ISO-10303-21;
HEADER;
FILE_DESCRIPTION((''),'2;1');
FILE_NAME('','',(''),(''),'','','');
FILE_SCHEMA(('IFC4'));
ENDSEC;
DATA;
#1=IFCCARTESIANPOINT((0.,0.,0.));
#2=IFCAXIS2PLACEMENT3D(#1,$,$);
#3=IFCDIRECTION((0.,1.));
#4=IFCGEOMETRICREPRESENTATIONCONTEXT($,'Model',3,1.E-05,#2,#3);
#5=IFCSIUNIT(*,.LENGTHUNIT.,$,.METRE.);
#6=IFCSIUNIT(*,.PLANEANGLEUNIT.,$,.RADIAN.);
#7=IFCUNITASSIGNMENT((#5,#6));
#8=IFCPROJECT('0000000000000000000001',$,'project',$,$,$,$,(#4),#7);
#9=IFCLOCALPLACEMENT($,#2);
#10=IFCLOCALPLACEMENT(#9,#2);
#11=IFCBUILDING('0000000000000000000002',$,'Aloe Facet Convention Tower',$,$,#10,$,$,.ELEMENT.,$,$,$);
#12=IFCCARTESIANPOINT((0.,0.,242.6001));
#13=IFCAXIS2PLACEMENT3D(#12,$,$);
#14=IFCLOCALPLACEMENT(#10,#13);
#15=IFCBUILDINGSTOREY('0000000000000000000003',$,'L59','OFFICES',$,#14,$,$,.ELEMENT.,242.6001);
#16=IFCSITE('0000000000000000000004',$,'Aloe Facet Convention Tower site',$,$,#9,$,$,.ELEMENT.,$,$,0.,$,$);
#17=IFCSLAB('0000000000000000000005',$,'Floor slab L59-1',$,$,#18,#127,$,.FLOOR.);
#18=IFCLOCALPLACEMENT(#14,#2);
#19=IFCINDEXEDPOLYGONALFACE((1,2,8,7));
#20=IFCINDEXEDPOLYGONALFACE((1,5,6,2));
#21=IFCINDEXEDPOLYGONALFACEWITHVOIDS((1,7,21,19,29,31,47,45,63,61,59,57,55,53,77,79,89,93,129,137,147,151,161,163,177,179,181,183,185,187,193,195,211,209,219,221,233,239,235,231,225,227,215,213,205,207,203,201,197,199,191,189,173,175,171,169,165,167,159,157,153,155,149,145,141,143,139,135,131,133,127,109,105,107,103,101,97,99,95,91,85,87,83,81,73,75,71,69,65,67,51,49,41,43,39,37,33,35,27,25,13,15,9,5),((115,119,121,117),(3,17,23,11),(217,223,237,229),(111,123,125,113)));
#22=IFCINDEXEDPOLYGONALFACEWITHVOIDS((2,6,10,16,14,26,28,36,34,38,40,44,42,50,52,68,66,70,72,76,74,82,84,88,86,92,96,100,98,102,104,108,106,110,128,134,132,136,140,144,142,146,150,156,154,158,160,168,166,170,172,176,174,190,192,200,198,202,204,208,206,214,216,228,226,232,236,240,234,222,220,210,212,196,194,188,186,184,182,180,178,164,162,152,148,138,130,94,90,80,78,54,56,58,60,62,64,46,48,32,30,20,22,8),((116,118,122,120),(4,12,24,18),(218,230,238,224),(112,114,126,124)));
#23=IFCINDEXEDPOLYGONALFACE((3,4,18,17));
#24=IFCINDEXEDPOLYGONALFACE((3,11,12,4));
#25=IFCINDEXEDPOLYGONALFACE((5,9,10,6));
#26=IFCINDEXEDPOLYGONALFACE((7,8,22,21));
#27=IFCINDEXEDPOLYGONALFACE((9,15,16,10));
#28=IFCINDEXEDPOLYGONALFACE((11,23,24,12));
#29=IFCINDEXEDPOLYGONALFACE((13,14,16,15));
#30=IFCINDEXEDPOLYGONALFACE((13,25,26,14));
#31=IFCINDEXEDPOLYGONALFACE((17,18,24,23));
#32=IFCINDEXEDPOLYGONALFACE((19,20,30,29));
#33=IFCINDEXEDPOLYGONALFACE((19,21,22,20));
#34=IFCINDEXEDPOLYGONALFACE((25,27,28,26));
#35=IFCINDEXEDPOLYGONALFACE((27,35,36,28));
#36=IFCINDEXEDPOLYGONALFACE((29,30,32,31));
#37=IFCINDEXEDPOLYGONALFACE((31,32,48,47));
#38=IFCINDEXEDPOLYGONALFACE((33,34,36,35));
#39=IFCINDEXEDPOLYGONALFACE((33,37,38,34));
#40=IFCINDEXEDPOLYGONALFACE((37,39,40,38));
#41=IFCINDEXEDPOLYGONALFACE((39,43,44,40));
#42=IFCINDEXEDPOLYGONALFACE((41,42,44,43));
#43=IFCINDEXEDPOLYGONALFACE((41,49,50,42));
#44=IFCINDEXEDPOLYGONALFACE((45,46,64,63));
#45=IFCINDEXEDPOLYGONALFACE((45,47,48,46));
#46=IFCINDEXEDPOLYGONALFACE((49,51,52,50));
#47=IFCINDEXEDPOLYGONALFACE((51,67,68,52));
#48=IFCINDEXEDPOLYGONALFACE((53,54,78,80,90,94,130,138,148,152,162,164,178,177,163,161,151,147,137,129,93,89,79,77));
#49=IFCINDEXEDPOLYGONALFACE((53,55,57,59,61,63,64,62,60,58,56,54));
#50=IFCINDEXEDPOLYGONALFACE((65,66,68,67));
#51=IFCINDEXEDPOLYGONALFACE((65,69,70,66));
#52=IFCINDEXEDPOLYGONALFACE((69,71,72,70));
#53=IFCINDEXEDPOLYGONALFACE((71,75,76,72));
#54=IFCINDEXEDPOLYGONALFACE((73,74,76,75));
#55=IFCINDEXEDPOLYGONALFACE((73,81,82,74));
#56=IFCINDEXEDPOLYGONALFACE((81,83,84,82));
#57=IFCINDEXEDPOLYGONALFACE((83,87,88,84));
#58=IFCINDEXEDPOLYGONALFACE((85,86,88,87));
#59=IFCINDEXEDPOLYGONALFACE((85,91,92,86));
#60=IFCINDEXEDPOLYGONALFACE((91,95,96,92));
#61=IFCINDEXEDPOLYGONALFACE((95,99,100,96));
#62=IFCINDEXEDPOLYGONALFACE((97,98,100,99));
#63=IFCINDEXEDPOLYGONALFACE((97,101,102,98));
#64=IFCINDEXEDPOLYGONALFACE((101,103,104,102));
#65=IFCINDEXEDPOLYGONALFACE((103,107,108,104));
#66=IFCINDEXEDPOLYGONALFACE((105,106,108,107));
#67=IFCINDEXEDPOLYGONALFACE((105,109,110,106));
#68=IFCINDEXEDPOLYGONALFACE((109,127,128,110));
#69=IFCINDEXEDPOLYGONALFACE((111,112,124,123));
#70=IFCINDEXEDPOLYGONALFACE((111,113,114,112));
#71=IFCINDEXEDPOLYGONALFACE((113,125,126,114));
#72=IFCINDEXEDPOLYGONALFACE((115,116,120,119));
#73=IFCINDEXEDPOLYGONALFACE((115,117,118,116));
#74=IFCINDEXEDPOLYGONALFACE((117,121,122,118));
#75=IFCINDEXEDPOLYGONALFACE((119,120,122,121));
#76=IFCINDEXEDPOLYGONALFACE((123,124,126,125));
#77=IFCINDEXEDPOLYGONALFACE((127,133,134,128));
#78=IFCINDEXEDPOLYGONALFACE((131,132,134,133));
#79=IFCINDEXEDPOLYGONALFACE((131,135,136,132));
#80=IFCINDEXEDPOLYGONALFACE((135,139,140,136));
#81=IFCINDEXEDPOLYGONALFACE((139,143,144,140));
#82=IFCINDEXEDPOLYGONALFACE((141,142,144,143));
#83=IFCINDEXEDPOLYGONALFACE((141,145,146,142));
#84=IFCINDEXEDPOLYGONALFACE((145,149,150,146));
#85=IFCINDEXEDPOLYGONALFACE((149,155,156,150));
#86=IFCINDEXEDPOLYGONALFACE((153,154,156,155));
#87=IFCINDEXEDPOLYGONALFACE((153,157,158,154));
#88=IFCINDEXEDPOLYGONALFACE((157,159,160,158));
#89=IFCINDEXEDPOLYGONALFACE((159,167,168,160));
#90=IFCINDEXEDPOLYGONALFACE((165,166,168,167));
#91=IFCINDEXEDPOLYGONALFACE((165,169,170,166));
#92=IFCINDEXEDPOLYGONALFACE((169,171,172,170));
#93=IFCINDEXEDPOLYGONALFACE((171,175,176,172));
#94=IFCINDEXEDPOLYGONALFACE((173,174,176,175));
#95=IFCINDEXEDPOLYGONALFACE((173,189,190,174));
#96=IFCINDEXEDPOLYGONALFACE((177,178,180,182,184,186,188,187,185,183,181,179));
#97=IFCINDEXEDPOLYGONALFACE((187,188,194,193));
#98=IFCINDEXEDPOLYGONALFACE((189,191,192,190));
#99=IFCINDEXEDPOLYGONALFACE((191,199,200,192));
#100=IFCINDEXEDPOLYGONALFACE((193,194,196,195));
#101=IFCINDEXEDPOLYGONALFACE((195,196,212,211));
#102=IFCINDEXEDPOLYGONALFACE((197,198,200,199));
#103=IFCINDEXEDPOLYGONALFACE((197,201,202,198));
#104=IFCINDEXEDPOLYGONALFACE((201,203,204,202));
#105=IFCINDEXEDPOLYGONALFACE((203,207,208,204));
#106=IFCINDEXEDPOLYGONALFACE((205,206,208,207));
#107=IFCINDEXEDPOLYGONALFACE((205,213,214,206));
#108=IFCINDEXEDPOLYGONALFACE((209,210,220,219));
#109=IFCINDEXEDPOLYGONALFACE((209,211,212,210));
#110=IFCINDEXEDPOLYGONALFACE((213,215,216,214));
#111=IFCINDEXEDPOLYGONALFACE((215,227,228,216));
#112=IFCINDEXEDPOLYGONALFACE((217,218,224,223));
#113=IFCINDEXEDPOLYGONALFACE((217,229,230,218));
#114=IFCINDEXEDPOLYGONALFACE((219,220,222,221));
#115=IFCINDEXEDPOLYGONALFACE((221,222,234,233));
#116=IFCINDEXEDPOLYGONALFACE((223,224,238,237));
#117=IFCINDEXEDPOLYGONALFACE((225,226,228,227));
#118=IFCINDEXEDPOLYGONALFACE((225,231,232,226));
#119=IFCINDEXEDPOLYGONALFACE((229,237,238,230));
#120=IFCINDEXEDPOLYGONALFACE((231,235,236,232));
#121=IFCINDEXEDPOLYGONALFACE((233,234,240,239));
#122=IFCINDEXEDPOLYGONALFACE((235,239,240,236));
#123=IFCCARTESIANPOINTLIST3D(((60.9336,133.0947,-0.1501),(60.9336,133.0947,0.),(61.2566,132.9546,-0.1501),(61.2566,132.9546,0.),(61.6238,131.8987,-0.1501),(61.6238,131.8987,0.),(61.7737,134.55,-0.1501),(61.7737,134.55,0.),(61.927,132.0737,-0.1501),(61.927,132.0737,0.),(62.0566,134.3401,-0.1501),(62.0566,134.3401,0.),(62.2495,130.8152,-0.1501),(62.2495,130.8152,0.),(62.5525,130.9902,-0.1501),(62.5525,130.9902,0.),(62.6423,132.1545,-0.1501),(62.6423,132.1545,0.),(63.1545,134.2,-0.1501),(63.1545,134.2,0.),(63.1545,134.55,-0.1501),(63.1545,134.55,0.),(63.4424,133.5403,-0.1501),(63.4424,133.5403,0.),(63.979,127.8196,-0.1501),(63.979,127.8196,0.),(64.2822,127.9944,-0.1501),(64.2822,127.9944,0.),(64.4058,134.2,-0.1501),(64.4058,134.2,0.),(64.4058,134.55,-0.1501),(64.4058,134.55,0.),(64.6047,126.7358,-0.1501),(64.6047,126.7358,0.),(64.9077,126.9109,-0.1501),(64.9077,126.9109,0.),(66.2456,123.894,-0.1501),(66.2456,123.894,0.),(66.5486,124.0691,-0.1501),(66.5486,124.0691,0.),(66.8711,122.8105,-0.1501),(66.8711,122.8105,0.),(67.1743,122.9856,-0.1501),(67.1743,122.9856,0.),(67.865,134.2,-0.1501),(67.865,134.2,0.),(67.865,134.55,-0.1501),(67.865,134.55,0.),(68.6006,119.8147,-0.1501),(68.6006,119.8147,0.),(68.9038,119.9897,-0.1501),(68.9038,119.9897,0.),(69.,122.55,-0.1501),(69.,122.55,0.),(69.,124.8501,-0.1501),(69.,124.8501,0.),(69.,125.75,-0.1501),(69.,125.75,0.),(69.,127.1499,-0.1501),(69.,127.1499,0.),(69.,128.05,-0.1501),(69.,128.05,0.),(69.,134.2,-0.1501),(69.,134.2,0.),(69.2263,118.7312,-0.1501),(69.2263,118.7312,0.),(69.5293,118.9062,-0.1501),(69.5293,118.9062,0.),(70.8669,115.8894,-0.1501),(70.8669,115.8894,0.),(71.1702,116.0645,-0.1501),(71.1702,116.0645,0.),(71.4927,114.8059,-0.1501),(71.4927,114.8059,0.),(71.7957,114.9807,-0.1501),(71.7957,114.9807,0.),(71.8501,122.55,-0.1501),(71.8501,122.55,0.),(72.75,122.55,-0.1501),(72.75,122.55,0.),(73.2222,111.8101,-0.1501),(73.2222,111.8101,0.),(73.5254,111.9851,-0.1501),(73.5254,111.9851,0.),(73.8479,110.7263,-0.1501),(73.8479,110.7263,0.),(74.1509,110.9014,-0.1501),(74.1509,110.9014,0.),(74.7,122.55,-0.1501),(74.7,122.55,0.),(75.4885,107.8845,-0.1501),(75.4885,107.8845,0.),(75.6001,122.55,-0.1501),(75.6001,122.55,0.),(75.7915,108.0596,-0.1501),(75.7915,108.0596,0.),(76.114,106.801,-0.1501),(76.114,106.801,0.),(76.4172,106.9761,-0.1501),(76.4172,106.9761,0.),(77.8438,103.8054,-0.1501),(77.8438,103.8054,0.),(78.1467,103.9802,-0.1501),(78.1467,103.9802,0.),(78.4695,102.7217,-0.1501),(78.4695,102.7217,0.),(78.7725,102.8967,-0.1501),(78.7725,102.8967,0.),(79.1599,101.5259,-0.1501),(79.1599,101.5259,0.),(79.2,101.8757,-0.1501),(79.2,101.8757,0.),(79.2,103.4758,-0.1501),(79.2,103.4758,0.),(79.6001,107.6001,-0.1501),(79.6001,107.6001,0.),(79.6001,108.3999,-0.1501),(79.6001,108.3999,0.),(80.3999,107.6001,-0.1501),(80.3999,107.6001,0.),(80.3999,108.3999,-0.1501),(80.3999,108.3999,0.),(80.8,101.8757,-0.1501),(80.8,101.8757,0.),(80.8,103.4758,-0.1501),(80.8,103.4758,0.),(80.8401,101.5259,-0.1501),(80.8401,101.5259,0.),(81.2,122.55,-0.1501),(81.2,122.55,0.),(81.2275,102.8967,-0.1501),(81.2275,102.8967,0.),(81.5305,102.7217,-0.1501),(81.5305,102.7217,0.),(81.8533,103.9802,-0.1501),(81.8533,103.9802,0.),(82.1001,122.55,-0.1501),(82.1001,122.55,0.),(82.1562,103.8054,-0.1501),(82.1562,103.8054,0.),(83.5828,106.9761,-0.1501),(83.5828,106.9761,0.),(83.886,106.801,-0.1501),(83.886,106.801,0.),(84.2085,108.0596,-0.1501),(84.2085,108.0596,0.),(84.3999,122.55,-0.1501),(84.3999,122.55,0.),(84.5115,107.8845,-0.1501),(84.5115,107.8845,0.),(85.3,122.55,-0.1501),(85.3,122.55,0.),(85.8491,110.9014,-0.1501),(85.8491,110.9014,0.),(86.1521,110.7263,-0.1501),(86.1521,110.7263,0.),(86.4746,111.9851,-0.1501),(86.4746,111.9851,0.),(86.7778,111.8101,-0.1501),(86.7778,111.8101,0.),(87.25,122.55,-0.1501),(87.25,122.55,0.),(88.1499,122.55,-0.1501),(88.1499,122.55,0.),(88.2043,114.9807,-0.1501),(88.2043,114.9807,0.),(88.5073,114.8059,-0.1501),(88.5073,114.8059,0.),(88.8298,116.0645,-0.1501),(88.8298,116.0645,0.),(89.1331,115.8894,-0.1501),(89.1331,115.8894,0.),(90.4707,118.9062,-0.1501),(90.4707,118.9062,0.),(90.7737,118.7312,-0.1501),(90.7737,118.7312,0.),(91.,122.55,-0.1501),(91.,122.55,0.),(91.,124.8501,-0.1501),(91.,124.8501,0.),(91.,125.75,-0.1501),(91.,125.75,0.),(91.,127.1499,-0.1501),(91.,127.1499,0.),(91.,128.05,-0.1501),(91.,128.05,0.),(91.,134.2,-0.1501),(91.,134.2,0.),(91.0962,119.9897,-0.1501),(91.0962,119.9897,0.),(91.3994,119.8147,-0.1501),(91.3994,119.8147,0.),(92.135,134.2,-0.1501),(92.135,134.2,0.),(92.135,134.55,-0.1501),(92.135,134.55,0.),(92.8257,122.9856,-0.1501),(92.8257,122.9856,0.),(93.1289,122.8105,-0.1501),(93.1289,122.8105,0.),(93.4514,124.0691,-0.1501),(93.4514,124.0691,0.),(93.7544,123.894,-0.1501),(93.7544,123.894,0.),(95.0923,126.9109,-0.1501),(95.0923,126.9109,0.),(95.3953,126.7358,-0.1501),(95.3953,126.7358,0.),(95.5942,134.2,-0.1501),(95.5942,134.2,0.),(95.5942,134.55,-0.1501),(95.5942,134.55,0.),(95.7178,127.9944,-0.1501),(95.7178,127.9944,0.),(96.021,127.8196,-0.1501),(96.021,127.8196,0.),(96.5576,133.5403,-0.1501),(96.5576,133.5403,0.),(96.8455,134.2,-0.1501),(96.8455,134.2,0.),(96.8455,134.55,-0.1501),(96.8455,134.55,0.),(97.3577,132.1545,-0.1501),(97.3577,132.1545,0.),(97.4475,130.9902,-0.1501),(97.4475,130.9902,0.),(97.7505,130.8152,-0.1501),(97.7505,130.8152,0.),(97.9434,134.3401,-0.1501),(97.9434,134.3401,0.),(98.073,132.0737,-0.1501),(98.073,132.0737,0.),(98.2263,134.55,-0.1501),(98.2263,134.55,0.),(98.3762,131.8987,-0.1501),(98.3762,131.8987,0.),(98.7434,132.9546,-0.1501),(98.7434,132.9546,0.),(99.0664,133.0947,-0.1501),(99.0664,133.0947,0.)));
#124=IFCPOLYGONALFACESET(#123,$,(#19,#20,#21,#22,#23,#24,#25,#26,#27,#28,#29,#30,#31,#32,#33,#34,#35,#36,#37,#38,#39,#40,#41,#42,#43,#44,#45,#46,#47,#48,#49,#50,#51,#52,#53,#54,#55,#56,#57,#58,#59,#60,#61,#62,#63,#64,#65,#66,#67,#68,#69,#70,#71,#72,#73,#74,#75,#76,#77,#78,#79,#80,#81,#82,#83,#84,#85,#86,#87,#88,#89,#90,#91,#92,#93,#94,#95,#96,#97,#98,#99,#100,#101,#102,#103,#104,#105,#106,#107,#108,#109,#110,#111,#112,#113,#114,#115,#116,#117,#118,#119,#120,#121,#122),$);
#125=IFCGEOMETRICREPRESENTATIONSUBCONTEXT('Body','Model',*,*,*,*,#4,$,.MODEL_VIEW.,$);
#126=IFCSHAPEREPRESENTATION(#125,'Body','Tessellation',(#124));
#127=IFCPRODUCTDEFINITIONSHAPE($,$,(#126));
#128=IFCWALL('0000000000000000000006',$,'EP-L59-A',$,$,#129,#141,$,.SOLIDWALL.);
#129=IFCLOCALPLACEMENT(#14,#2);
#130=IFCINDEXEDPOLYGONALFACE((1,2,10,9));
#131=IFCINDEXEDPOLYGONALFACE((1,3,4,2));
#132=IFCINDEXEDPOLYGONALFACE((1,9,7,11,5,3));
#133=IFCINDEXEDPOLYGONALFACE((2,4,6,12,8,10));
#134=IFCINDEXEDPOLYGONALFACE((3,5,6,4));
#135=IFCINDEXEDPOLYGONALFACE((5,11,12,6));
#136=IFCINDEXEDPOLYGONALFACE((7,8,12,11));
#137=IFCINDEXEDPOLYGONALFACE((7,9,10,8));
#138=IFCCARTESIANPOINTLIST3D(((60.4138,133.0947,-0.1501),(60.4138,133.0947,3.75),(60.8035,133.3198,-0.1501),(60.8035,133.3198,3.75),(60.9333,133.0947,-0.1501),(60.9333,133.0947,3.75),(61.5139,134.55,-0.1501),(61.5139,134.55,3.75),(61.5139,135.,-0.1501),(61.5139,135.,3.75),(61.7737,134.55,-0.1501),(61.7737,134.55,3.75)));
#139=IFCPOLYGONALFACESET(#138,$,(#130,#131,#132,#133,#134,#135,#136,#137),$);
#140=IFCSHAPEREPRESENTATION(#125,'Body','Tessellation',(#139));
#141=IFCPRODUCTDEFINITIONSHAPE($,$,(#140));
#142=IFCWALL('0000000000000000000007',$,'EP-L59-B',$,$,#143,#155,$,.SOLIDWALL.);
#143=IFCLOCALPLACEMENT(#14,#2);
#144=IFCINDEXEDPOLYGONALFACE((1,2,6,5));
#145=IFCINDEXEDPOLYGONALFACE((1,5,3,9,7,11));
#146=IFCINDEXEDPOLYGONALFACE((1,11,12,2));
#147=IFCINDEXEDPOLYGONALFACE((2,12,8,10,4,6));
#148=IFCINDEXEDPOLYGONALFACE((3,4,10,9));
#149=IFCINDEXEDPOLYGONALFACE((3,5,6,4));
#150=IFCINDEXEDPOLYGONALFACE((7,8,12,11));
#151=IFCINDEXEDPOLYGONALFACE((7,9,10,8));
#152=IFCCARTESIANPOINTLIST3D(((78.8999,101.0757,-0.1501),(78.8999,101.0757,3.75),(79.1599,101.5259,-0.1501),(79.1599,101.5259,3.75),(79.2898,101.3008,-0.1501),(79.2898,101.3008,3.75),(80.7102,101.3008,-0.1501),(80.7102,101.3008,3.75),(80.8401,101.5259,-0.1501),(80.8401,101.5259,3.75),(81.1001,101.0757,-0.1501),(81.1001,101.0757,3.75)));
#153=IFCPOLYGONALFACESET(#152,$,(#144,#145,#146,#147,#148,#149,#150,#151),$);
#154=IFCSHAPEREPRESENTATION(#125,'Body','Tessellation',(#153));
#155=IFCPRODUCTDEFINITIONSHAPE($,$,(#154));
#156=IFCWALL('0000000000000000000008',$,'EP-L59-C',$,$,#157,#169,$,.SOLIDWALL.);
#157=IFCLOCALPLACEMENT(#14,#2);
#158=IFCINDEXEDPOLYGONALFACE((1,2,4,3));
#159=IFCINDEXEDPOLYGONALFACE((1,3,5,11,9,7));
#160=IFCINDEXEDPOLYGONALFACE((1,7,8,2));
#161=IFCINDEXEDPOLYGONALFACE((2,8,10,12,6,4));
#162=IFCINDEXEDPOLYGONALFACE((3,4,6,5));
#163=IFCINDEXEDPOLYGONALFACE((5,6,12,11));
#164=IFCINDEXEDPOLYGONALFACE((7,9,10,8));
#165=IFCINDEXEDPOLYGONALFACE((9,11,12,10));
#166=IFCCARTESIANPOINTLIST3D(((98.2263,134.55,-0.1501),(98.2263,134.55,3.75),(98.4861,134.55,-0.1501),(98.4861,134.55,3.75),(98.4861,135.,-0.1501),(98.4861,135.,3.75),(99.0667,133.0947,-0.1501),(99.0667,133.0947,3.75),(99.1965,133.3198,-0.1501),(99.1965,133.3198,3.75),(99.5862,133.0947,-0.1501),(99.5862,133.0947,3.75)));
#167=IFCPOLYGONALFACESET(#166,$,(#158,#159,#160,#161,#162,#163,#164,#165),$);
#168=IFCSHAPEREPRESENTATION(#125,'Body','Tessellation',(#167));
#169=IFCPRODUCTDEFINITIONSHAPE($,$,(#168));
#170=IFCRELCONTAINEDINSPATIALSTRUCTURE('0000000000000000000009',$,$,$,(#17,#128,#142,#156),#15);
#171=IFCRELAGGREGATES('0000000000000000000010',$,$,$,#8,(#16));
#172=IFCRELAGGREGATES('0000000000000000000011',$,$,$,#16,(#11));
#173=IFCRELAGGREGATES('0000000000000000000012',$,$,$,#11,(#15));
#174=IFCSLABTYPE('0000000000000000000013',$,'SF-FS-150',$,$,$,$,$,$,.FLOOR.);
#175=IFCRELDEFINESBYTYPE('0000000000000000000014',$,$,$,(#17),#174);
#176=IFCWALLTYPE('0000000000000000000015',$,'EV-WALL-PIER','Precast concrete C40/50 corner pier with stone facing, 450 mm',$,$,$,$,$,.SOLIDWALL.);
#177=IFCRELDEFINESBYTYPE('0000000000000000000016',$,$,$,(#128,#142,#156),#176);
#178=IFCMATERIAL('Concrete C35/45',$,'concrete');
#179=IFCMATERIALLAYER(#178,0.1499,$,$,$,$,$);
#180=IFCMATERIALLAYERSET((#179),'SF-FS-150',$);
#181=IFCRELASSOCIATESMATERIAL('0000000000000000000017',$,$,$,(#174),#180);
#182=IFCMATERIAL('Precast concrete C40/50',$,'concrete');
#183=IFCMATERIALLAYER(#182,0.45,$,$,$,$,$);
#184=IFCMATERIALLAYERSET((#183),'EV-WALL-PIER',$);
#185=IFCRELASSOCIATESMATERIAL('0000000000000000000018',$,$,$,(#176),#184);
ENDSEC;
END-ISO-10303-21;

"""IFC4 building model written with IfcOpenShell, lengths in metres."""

from ifc_helpers import new_model, si_unit, direction, frame, origin, place, context, subcontext, project, spatial, polyline, outline, extrude, material, layer, layer_set, type_object, element, save


model = new_model("IFC4")

# Units and contexts
model_context = context("Model", 3, precision=1e-05, world=origin(), true_north=direction((0.0, 1.0)))
body_context = subcontext(model_context, "Body", "Model", "MODEL_VIEW")
ifc_project = project(units=[si_unit("LENGTHUNIT", "METRE"), si_unit("PLANEANGLEUNIT", "RADIAN")], contexts=[model_context])

# Site, building, storey
site_placement = place(None, origin())
site = spatial("IfcSite", under=ifc_project, at=site_placement, Name="Aloe Facet Convention Tower site", CompositionType="ELEMENT", RefElevation=0.0)
building_placement = place(site_placement, origin())
building = spatial("IfcBuilding", under=site, at=building_placement, Name="Aloe Facet Convention Tower", CompositionType="ELEMENT")
storey_placement = place(building_placement, frame((0.0, 0.0, 242.6001)))
storey = spatial("IfcBuildingStorey", under=building, at=storey_placement, Name="L59", Description="OFFICES", CompositionType="ELEMENT", Elevation=242.6001)

# Slab
ifc_material_1 = material(Name="Concrete C35/45", Category="concrete")
ifc_layer_1 = layer(ifc_material_1, 0.1499)
ifc_layer_set_1 = layer_set([ifc_layer_1], Name="SF-FS-150")
slab_type_1 = type_object("IfcSlabType", Name="SF-FS-150", PredefinedType="FLOOR", material=ifc_layer_set_1)
slab_1_placement = place(storey_placement, frame((0.0, 0.0, -0.1501)))
element("IfcSlab", 1, at=slab_1_placement, inside=storey, type_object=slab_type_1, Name="Floor slab L59-1", PredefinedType="FLOOR", context=body_context, shape_type="SweptSolid", body=[
    extrude(outline(polyline([(99.0664, 133.0947), (98.3762, 131.8987), (98.073, 132.0737), (97.4475, 130.9902), (97.7505, 130.8152), (96.021, 127.8196), (95.7178, 127.9944), (95.0923, 126.9109), (95.3953, 126.7358), (93.7544, 123.894), (93.4514, 124.0691), (92.8257, 122.9856), (93.1289, 122.8105), (91.3994, 119.8147), (91.0962, 119.9897), (90.4707, 118.9062), (90.7737, 118.7312), (89.1331, 115.8894), (88.8298, 116.0645), (88.2043, 114.9807), (88.5073, 114.8059), (86.7778, 111.8101), (86.4746, 111.9851), (85.8491, 110.9014), (86.1521, 110.7263), (84.5115, 107.8845), (84.2085, 108.0596), (83.5828, 106.9761), (83.886, 106.801), (82.1562, 103.8054), (81.8533, 103.9802), (81.2275, 102.8967), (81.5305, 102.7217), (80.8401, 101.5259), (79.1599, 101.5259), (78.4695, 102.7217), (78.7725, 102.8967), (78.1467, 103.9802), (77.8438, 103.8054), (76.114, 106.801), (76.4172, 106.9761), (75.7915, 108.0596), (75.4885, 107.8845), (73.8479, 110.7263), (74.1509, 110.9014), (73.5254, 111.9851), (73.2222, 111.8101), (71.4927, 114.8059), (71.7957, 114.9807), (71.1702, 116.0645), (70.8669, 115.8894), (69.2263, 118.7312), (69.5293, 118.9062), (68.9038, 119.9897), (68.6006, 119.8147), (66.8711, 122.8105), (67.1743, 122.9856), (66.5486, 124.0691), (66.2456, 123.894), (64.6047, 126.7358), (64.9077, 126.9109), (64.2822, 127.9944), (63.979, 127.8196), (62.2495, 130.8152), (62.5525, 130.9902), (61.927, 132.0737), (61.6238, 131.8987), (60.9336, 133.0947), (61.7737, 134.55), (63.1545, 134.55), (63.1545, 134.2), (64.4058, 134.2), (64.4058, 134.55), (67.865, 134.55), (67.865, 134.2), (69.0, 134.2), (69.0, 128.05), (69.0, 127.1499), (69.0, 125.75), (69.0, 124.8501), (69.0, 122.55), (71.8501, 122.55), (72.75, 122.55), (74.7, 122.55), (75.6001, 122.55), (81.2, 122.55), (82.1001, 122.55), (84.3999, 122.55), (85.3, 122.55), (87.25, 122.55), (88.1499, 122.55), (91.0, 122.55), (91.0, 124.8501), (91.0, 125.75), (91.0, 127.1499), (91.0, 128.05), (91.0, 134.2), (92.135, 134.2), (92.135, 134.55), (95.5942, 134.55), (95.5942, 134.2), (96.8455, 134.2), (96.8455, 134.55), (98.2263, 134.55), (99.0664, 133.0947)]), holes=[polyline([(80.8, 101.8757), (80.8, 103.4758), (79.2, 103.4758), (79.2, 101.8757), (80.8, 101.8757)]), polyline([(62.0566, 134.3401), (61.2566, 132.9546), (62.6423, 132.1545), (63.4424, 133.5403), (62.0566, 134.3401)]), polyline([(80.3999, 107.6001), (80.3999, 108.3999), (79.6001, 108.3999), (79.6001, 107.6001), (80.3999, 107.6001)]), polyline([(98.7434, 132.9546), (97.9434, 134.3401), (96.5576, 133.5403), (97.3577, 132.1545), (98.7434, 132.9546)])]), origin(), (0.0, 0.0, 1.0), 0.1501),
])

# Walls
ifc_material_2 = material(Name="Precast concrete C40/50", Category="concrete")
ifc_layer_2 = layer(ifc_material_2, 0.45)
ifc_layer_set_2 = layer_set([ifc_layer_2], Name="EV-WALL-PIER")
wall_type_1 = type_object("IfcWallType", Name="EV-WALL-PIER", Description="Precast concrete C40/50 corner pier with stone facing, 450 mm", PredefinedType="SOLIDWALL", material=ifc_layer_set_2)
wall_1_placement = place(storey_placement, frame((0.0, 0.0, -0.1501)))
element("IfcWall", 2, at=wall_1_placement, inside=storey, type_object=wall_type_1, Name="EP-L59-A", PredefinedType="SOLIDWALL", context=body_context, shape_type="SweptSolid", body=[
    extrude(outline(polyline([(61.5139, 135.0), (61.5139, 134.55), (61.7737, 134.55), (60.9333, 133.0947), (60.8035, 133.3198), (60.4138, 133.0947), (61.5139, 135.0)])), origin(), (0.0, 0.0, 1.0), 3.9001),
])
wall_2_placement = place(storey_placement, frame((0.0, 0.0, -0.1501)))
element("IfcWall", 3, at=wall_2_placement, inside=storey, type_object=wall_type_1, Name="EP-L59-B", PredefinedType="SOLIDWALL", context=body_context, shape_type="SweptSolid", body=[
    extrude(outline(polyline([(78.8999, 101.0757), (79.2898, 101.3008), (79.1599, 101.5259), (80.8401, 101.5259), (80.7102, 101.3008), (81.1001, 101.0757), (78.8999, 101.0757)])), origin(), (0.0, 0.0, 1.0), 3.9001),
])
wall_3_placement = place(storey_placement, frame((0.0, 0.0, -0.1501)))
element("IfcWall", 4, at=wall_3_placement, inside=storey, type_object=wall_type_1, Name="EP-L59-C", PredefinedType="SOLIDWALL", context=body_context, shape_type="SweptSolid", body=[
    extrude(outline(polyline([(99.5862, 133.0947), (99.1965, 133.3198), (99.0667, 133.0947), (98.2263, 134.55), (98.4861, 134.55), (98.4861, 135.0), (99.5862, 133.0947)])), origin(), (0.0, 0.0, 1.0), 3.9001),
])

save(model, "model.ifc")
